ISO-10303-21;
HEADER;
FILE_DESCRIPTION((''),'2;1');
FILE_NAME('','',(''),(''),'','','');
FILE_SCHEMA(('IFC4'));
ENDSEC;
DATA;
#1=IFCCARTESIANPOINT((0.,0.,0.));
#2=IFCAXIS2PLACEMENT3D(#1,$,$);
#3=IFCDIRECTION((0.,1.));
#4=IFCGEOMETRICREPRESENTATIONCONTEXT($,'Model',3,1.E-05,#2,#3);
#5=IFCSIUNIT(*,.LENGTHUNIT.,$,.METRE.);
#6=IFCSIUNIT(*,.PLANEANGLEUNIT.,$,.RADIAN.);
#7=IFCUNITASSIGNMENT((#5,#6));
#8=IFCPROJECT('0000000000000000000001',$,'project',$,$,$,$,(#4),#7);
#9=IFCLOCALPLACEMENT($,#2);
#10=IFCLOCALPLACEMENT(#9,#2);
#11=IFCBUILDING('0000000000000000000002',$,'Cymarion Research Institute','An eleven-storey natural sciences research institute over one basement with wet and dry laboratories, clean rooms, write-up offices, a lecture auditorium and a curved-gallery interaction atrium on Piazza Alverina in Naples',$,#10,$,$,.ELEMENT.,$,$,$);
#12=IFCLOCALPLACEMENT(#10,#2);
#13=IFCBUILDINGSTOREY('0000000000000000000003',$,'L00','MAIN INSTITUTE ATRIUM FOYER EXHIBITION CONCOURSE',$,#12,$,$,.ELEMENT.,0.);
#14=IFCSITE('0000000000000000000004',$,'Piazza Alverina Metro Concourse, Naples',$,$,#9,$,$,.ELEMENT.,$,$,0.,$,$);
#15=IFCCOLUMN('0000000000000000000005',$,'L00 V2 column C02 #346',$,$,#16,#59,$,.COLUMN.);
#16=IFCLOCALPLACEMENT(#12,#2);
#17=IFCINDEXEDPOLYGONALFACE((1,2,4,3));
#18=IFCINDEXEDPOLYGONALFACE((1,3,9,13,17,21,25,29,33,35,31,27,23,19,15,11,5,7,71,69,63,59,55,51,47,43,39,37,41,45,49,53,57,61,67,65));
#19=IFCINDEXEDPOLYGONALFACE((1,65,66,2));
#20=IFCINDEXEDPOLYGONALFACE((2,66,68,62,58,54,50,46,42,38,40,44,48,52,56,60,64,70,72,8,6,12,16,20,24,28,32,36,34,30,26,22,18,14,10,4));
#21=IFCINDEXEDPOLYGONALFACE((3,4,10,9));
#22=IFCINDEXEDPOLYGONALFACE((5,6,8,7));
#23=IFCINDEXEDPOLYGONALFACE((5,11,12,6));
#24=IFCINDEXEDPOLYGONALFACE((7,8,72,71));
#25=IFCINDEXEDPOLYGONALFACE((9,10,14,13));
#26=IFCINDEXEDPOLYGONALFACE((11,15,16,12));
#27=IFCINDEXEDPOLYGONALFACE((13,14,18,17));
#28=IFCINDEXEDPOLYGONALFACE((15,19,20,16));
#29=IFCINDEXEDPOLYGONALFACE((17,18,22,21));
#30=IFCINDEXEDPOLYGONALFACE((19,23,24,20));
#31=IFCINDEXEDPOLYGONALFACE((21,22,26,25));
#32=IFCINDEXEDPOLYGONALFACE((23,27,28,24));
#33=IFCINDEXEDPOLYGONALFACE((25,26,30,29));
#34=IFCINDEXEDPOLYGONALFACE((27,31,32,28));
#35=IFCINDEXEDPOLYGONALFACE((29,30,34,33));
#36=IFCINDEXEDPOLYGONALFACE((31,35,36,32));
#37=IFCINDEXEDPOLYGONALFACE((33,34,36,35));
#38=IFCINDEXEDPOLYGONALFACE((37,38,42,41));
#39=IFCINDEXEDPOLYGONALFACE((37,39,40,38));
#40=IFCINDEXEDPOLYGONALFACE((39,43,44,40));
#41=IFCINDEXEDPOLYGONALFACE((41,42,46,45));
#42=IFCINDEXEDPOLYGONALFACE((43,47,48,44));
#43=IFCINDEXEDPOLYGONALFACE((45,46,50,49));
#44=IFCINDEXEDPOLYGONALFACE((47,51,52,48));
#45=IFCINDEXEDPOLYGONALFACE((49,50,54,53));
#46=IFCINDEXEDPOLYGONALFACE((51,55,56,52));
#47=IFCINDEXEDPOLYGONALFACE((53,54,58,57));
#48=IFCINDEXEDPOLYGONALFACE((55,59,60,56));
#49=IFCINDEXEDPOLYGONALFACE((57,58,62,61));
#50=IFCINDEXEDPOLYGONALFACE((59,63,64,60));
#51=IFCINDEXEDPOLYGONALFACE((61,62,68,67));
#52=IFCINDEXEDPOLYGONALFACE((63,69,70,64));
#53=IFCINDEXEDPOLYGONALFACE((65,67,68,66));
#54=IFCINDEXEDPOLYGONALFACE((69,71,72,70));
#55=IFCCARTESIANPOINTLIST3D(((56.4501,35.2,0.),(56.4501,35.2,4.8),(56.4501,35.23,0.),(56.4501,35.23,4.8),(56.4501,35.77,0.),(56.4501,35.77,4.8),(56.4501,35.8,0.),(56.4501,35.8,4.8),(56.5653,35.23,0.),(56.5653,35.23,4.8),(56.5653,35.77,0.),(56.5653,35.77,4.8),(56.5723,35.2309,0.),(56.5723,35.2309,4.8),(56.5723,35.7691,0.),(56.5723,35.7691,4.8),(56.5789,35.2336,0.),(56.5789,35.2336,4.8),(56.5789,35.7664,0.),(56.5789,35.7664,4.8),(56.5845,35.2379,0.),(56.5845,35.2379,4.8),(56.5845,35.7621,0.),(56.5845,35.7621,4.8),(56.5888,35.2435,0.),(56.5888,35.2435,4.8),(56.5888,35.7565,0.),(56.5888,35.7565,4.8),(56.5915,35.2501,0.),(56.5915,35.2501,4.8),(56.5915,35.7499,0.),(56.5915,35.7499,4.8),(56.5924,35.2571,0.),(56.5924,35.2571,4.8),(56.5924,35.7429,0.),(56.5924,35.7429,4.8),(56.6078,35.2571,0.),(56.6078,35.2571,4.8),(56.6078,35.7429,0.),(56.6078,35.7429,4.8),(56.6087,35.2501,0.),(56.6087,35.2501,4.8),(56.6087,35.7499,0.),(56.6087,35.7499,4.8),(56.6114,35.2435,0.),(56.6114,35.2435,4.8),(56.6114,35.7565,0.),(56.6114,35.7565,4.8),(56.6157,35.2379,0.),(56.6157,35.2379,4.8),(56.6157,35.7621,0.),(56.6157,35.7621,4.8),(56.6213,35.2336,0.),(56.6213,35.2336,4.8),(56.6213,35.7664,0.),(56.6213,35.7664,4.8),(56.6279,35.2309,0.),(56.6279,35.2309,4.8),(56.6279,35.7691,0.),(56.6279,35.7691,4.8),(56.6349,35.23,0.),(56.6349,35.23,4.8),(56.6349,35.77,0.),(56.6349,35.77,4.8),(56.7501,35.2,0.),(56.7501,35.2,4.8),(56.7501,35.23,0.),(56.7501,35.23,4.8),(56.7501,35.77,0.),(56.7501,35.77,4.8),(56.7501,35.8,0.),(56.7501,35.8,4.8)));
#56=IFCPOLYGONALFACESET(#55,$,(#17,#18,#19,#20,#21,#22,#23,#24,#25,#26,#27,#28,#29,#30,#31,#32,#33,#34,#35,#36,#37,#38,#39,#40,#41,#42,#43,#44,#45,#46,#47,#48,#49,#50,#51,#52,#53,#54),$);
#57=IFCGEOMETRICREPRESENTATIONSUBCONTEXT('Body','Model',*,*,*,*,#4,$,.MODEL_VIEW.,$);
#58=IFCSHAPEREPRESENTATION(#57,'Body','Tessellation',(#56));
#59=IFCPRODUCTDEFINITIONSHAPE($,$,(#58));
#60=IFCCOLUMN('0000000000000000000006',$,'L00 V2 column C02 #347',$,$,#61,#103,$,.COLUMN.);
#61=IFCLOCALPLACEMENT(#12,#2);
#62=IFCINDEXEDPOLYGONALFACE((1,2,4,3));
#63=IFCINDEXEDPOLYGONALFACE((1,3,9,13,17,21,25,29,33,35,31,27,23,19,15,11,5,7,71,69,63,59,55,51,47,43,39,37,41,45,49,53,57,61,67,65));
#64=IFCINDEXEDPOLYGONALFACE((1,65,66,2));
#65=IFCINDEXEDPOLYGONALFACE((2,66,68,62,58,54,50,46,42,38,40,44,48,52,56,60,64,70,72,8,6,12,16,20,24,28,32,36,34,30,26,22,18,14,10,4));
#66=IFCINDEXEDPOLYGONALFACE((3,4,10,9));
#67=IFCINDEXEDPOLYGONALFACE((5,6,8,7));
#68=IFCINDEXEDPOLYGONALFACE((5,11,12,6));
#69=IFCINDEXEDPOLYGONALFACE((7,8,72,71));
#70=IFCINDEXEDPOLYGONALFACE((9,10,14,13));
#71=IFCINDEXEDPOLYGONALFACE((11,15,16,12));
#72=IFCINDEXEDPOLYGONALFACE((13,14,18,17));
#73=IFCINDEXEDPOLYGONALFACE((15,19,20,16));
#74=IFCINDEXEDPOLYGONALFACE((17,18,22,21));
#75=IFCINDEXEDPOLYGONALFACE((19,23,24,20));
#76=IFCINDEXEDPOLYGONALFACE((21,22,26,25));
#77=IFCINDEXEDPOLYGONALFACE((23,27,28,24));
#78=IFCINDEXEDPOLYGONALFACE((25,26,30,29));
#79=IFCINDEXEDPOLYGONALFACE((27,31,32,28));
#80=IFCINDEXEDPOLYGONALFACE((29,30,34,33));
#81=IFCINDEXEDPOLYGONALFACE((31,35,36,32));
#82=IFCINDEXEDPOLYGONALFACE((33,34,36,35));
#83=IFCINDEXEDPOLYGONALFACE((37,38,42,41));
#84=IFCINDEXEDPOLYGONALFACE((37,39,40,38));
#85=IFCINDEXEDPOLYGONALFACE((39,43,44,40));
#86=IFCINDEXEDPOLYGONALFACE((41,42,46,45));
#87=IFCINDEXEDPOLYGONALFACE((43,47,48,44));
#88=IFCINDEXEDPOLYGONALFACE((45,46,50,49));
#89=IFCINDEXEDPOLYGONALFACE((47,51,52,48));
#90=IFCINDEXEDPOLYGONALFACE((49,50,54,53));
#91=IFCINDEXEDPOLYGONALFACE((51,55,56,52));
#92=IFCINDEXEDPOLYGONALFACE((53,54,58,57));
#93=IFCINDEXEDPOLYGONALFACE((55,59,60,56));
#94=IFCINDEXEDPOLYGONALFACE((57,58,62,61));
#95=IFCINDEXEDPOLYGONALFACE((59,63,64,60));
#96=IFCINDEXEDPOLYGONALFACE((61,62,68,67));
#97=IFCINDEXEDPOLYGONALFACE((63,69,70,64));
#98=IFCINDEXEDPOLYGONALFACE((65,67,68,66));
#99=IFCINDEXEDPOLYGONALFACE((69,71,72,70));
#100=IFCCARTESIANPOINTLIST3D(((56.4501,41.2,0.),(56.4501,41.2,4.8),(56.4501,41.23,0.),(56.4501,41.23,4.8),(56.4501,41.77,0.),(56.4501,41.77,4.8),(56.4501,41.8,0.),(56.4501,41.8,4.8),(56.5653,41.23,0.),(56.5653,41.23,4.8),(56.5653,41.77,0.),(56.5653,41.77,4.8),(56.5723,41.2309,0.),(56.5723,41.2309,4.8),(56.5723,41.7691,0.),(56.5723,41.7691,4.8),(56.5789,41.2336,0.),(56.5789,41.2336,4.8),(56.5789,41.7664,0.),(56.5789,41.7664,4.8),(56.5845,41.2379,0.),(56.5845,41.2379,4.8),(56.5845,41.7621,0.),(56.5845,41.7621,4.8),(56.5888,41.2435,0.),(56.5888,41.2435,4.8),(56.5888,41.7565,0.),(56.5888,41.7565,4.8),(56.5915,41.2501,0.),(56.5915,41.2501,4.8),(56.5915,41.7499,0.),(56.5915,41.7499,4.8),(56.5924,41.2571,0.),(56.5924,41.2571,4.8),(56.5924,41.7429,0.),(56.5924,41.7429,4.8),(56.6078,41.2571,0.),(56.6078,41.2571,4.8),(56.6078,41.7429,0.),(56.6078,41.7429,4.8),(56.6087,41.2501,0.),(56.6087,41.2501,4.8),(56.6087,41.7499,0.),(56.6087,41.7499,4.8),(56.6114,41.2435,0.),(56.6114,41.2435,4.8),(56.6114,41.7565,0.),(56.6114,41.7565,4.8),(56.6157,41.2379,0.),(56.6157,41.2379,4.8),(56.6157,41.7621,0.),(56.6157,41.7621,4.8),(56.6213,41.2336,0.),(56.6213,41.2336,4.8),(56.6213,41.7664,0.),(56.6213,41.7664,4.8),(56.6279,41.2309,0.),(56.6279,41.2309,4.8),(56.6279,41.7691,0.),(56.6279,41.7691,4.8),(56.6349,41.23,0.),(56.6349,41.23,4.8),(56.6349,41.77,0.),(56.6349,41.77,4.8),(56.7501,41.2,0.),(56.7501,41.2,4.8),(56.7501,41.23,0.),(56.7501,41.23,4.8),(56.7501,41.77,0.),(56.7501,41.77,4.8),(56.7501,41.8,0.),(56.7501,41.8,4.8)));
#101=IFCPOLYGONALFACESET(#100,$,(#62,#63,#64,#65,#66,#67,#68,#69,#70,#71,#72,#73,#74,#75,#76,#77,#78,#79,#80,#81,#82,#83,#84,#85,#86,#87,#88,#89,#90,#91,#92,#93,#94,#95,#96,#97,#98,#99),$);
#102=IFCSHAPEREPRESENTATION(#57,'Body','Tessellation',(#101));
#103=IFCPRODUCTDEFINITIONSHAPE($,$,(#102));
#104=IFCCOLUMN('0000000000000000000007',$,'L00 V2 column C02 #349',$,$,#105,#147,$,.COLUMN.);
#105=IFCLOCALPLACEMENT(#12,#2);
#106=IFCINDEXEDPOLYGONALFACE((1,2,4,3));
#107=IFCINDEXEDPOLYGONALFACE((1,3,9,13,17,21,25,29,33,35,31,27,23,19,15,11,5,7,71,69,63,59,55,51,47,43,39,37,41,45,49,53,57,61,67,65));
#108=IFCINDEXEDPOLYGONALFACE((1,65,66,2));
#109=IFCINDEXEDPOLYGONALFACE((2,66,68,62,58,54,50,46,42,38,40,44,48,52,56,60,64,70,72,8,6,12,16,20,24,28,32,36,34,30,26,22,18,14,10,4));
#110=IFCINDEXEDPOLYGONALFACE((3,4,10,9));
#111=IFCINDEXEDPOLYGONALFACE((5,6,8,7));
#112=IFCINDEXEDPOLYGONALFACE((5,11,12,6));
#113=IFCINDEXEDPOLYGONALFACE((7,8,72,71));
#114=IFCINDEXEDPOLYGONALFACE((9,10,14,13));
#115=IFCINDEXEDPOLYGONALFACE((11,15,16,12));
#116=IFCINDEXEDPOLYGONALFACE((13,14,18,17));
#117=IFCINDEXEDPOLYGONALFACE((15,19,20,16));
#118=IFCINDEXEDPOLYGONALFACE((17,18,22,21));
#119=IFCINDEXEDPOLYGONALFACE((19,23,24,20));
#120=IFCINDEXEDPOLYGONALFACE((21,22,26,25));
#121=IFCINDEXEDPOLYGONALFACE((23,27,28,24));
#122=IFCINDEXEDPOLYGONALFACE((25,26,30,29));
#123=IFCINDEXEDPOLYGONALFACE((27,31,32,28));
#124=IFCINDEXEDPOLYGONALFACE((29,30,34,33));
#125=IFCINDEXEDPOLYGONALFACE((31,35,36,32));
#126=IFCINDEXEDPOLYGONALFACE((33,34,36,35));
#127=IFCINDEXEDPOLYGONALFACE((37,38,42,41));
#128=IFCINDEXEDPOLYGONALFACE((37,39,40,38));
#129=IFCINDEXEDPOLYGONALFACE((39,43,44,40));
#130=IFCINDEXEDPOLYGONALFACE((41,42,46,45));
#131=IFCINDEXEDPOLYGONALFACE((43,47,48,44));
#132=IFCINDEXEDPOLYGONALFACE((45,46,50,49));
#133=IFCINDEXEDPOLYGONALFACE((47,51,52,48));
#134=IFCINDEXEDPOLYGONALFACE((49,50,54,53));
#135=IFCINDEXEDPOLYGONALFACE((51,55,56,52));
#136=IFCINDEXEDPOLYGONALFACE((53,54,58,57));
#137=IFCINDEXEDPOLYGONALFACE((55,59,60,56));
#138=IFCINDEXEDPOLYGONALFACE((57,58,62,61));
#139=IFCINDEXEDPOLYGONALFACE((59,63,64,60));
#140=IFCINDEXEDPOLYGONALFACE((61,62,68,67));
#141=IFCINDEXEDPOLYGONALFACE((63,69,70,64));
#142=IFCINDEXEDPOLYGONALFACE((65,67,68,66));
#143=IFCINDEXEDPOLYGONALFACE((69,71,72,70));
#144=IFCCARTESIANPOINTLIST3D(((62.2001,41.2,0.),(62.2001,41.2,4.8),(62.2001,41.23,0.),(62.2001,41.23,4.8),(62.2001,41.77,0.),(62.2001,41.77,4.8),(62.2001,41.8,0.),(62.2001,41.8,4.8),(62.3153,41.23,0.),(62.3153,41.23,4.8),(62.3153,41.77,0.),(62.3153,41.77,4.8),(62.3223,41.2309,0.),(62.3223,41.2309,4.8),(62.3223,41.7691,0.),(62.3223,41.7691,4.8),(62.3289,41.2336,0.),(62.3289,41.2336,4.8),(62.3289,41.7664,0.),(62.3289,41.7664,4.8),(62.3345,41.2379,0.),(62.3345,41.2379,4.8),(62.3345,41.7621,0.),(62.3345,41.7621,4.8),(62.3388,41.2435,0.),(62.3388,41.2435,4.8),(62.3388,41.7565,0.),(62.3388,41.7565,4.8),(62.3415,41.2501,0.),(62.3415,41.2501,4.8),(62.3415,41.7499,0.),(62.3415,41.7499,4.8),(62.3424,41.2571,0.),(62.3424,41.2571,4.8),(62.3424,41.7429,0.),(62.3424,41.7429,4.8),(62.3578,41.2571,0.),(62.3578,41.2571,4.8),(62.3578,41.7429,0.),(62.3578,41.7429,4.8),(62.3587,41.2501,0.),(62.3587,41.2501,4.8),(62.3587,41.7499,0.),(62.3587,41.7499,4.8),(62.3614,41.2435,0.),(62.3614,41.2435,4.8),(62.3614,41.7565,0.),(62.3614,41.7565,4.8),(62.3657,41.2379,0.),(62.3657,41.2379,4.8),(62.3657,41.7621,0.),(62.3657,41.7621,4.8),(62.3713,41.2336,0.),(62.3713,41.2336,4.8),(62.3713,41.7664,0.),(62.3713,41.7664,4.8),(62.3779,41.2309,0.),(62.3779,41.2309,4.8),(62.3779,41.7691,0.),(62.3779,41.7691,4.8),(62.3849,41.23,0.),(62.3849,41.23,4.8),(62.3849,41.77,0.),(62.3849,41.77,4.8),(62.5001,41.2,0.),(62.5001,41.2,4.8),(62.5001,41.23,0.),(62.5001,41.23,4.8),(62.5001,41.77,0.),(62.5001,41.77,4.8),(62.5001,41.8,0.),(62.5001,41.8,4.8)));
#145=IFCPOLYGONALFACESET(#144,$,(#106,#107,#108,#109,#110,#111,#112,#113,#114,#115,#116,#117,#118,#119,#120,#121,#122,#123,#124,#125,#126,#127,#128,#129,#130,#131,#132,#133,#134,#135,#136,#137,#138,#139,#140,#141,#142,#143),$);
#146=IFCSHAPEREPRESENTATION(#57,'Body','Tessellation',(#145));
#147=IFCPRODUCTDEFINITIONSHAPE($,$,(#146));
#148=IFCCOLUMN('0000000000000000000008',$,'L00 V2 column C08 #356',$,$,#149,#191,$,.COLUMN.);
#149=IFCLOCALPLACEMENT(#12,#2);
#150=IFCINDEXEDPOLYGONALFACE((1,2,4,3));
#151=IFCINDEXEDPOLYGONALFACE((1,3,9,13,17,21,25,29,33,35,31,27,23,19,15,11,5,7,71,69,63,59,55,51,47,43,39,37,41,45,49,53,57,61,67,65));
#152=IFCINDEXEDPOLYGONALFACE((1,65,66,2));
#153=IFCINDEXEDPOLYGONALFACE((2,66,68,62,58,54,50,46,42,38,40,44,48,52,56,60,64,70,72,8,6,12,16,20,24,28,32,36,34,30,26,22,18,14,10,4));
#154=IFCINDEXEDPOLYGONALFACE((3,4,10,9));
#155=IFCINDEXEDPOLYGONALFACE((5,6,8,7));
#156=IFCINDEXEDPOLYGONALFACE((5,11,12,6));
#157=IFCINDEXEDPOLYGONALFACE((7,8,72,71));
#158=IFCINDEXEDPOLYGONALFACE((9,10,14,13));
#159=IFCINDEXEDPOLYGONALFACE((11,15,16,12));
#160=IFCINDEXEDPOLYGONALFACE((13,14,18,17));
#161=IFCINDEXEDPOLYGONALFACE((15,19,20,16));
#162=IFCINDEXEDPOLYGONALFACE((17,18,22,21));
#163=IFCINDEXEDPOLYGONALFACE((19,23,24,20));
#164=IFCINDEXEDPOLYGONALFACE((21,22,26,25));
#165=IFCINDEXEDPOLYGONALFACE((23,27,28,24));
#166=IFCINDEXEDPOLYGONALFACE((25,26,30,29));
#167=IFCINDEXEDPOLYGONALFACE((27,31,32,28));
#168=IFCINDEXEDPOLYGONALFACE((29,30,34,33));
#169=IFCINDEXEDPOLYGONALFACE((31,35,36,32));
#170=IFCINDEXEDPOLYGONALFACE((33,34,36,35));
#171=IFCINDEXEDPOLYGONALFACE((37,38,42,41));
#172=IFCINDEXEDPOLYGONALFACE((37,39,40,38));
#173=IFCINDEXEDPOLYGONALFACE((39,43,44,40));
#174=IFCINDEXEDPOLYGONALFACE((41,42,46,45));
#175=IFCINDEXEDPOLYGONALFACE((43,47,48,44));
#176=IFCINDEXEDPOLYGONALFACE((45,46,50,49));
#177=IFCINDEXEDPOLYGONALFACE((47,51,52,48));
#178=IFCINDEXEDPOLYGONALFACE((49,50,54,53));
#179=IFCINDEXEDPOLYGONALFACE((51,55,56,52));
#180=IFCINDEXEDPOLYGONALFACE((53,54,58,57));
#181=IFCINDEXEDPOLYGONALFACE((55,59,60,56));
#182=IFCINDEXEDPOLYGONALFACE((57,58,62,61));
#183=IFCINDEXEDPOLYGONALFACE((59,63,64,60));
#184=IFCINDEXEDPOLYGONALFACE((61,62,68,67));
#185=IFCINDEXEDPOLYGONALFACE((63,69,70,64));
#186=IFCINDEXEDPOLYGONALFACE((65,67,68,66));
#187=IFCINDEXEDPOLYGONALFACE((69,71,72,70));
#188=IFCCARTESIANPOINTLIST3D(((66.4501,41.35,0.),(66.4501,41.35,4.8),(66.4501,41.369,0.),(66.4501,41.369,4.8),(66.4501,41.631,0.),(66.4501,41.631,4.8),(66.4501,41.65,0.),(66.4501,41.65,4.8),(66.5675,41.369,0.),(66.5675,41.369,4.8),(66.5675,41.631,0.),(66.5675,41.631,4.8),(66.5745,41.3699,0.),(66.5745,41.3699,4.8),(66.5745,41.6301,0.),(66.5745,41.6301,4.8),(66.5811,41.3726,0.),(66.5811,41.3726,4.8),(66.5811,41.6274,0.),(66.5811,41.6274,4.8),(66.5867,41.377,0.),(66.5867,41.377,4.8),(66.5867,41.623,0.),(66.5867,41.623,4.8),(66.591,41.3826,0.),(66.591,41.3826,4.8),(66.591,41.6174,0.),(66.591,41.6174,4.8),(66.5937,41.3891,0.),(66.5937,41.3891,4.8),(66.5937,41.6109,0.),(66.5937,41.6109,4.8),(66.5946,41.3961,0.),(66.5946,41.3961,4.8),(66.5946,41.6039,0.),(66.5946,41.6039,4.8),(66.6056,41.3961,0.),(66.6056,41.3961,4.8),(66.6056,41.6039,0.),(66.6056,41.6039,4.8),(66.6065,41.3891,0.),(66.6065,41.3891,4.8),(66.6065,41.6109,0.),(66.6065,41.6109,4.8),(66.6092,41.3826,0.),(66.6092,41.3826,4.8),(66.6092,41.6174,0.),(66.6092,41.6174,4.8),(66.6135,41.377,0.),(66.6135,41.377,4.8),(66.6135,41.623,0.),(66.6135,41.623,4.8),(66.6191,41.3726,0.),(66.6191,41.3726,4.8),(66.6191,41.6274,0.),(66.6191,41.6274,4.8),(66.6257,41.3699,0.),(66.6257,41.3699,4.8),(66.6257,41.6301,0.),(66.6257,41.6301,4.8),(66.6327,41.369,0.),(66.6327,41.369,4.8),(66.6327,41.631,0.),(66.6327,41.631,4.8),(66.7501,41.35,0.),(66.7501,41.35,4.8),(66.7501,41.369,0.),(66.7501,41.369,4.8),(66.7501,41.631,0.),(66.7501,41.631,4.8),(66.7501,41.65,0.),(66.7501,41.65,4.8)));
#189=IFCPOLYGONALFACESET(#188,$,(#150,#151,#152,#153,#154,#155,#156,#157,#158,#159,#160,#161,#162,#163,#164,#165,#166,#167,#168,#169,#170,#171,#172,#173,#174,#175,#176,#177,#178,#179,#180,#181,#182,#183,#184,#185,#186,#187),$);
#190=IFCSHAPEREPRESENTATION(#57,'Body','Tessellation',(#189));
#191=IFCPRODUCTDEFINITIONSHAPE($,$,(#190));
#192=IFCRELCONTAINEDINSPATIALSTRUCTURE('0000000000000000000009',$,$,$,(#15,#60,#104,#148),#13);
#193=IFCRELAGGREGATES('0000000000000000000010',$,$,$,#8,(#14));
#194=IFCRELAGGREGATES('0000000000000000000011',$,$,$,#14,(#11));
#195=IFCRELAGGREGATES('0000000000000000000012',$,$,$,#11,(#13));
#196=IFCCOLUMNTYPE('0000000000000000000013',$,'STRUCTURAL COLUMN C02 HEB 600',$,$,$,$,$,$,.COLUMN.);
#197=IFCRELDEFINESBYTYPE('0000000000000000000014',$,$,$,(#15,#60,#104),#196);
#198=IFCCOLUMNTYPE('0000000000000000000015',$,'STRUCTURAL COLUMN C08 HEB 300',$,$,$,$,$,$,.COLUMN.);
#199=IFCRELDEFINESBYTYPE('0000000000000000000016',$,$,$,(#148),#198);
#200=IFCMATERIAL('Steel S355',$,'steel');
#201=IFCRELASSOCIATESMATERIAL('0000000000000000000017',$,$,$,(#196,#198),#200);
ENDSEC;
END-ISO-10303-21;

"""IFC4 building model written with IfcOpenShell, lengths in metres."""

from ifc_helpers import new_model, si_unit, direction, frame, origin, origin_2d, place, context, subcontext, project, spatial, i_section, extrude, material, material_profile, profile_set, type_object, element, save


model = new_model("IFC4")

# Units and contexts
model_context = context("Model", 3, precision=1e-05, world=origin(), true_north=direction((0.0, 1.0)))
body_context = subcontext(model_context, "Body", "Model", "MODEL_VIEW")
ifc_project = project(units=[si_unit("LENGTHUNIT", "METRE"), si_unit("PLANEANGLEUNIT", "RADIAN")], contexts=[model_context])

# Site, building, storey
site_placement = place(None, origin())
site = spatial("IfcSite", under=ifc_project, at=site_placement, Name="Piazza Alverina Metro Concourse, Naples", CompositionType="ELEMENT", RefElevation=0.0)
building_placement = place(site_placement, origin())
building = spatial("IfcBuilding", under=site, at=building_placement, Name="Cymarion Research Institute", Description="An eleven-storey natural sciences research institute over one basement with wet and dry laboratories, clean rooms, write-up offices, a lecture auditorium and a curved-gallery interaction atrium on Piazza Alverina in Naples", CompositionType="ELEMENT")
storey_placement = place(building_placement, origin())
storey = spatial("IfcBuildingStorey", under=building, at=storey_placement, Name="L00", Description="MAIN INSTITUTE ATRIUM FOYER EXHIBITION CONCOURSE", CompositionType="ELEMENT", Elevation=0.0)

# Columns
ifc_material = material(Name="Steel S355", Category="steel")
ifc_material_profile_1 = material_profile(ifc_material, i_section(OverallWidth=0.3, OverallDepth=0.6001, WebThickness=0.0154, FlangeThickness=0.03, FilletRadius=0.0271, at=origin_2d()), Name="HEB 600")
ifc_profile_set_1 = profile_set([ifc_material_profile_1], Name="Steel S355")
column_type_1 = type_object("IfcColumnType", Name="STRUCTURAL COLUMN C02 HEB 600", PredefinedType="COLUMN", material=ifc_profile_set_1)
for number, where, z_axis, x_axis, name in (
    (1, (56.6001, 35.5, 0.0), (0.0, 0.0, 1.0), (1.0, 0.0, 0.0), "L00 V2 column C02 #346"),
    (2, (56.6001, 41.5, 0.0), (0.0, 0.0, 1.0), (1.0, 0.0, 0.0), "L00 V2 column C02 #347"),
    (3, (62.3501, 41.5, 0.0), (0.0, 0.0, 1.0), (1.0, 0.0, 0.0), "L00 V2 column C02 #349"),
):
    element("IfcColumn", number, at=place(storey_placement, frame(where, z_axis=z_axis, x_axis=x_axis)), inside=storey, type_object=column_type_1, Name=name, PredefinedType="COLUMN", context=body_context, shape_type="SweptSolid", body=[
        extrude(i_section(OverallWidth=0.3, OverallDepth=0.6001, WebThickness=0.0154, FlangeThickness=0.03, FilletRadius=0.0271, at=origin_2d()), origin(), (0.0, 0.0, 1.0), 4.8),
    ])
ifc_material_profile_2 = material_profile(ifc_material, i_section(OverallWidth=0.3, OverallDepth=0.3, WebThickness=0.011, FlangeThickness=0.019, FilletRadius=0.0271, at=origin_2d()), Name="HEB 300")
ifc_profile_set_2 = profile_set([ifc_material_profile_2], Name="Steel S355")
column_type_2 = type_object("IfcColumnType", Name="STRUCTURAL COLUMN C08 HEB 300", PredefinedType="COLUMN", material=ifc_profile_set_2)
column_1_placement = place(storey_placement, frame((66.6001, 41.5, 0.0), z_axis=(0.0, 0.0, 1.0), x_axis=(1.0, 0.0, 0.0)))
element("IfcColumn", 4, at=column_1_placement, inside=storey, type_object=column_type_2, Name="L00 V2 column C08 #356", PredefinedType="COLUMN", context=body_context, shape_type="SweptSolid", body=[
    extrude(i_section(OverallWidth=0.3, OverallDepth=0.3, WebThickness=0.011, FlangeThickness=0.019, FilletRadius=0.0271, at=origin_2d()), origin(), (0.0, 0.0, 1.0), 4.8),
])

save(model, "model.ifc")
